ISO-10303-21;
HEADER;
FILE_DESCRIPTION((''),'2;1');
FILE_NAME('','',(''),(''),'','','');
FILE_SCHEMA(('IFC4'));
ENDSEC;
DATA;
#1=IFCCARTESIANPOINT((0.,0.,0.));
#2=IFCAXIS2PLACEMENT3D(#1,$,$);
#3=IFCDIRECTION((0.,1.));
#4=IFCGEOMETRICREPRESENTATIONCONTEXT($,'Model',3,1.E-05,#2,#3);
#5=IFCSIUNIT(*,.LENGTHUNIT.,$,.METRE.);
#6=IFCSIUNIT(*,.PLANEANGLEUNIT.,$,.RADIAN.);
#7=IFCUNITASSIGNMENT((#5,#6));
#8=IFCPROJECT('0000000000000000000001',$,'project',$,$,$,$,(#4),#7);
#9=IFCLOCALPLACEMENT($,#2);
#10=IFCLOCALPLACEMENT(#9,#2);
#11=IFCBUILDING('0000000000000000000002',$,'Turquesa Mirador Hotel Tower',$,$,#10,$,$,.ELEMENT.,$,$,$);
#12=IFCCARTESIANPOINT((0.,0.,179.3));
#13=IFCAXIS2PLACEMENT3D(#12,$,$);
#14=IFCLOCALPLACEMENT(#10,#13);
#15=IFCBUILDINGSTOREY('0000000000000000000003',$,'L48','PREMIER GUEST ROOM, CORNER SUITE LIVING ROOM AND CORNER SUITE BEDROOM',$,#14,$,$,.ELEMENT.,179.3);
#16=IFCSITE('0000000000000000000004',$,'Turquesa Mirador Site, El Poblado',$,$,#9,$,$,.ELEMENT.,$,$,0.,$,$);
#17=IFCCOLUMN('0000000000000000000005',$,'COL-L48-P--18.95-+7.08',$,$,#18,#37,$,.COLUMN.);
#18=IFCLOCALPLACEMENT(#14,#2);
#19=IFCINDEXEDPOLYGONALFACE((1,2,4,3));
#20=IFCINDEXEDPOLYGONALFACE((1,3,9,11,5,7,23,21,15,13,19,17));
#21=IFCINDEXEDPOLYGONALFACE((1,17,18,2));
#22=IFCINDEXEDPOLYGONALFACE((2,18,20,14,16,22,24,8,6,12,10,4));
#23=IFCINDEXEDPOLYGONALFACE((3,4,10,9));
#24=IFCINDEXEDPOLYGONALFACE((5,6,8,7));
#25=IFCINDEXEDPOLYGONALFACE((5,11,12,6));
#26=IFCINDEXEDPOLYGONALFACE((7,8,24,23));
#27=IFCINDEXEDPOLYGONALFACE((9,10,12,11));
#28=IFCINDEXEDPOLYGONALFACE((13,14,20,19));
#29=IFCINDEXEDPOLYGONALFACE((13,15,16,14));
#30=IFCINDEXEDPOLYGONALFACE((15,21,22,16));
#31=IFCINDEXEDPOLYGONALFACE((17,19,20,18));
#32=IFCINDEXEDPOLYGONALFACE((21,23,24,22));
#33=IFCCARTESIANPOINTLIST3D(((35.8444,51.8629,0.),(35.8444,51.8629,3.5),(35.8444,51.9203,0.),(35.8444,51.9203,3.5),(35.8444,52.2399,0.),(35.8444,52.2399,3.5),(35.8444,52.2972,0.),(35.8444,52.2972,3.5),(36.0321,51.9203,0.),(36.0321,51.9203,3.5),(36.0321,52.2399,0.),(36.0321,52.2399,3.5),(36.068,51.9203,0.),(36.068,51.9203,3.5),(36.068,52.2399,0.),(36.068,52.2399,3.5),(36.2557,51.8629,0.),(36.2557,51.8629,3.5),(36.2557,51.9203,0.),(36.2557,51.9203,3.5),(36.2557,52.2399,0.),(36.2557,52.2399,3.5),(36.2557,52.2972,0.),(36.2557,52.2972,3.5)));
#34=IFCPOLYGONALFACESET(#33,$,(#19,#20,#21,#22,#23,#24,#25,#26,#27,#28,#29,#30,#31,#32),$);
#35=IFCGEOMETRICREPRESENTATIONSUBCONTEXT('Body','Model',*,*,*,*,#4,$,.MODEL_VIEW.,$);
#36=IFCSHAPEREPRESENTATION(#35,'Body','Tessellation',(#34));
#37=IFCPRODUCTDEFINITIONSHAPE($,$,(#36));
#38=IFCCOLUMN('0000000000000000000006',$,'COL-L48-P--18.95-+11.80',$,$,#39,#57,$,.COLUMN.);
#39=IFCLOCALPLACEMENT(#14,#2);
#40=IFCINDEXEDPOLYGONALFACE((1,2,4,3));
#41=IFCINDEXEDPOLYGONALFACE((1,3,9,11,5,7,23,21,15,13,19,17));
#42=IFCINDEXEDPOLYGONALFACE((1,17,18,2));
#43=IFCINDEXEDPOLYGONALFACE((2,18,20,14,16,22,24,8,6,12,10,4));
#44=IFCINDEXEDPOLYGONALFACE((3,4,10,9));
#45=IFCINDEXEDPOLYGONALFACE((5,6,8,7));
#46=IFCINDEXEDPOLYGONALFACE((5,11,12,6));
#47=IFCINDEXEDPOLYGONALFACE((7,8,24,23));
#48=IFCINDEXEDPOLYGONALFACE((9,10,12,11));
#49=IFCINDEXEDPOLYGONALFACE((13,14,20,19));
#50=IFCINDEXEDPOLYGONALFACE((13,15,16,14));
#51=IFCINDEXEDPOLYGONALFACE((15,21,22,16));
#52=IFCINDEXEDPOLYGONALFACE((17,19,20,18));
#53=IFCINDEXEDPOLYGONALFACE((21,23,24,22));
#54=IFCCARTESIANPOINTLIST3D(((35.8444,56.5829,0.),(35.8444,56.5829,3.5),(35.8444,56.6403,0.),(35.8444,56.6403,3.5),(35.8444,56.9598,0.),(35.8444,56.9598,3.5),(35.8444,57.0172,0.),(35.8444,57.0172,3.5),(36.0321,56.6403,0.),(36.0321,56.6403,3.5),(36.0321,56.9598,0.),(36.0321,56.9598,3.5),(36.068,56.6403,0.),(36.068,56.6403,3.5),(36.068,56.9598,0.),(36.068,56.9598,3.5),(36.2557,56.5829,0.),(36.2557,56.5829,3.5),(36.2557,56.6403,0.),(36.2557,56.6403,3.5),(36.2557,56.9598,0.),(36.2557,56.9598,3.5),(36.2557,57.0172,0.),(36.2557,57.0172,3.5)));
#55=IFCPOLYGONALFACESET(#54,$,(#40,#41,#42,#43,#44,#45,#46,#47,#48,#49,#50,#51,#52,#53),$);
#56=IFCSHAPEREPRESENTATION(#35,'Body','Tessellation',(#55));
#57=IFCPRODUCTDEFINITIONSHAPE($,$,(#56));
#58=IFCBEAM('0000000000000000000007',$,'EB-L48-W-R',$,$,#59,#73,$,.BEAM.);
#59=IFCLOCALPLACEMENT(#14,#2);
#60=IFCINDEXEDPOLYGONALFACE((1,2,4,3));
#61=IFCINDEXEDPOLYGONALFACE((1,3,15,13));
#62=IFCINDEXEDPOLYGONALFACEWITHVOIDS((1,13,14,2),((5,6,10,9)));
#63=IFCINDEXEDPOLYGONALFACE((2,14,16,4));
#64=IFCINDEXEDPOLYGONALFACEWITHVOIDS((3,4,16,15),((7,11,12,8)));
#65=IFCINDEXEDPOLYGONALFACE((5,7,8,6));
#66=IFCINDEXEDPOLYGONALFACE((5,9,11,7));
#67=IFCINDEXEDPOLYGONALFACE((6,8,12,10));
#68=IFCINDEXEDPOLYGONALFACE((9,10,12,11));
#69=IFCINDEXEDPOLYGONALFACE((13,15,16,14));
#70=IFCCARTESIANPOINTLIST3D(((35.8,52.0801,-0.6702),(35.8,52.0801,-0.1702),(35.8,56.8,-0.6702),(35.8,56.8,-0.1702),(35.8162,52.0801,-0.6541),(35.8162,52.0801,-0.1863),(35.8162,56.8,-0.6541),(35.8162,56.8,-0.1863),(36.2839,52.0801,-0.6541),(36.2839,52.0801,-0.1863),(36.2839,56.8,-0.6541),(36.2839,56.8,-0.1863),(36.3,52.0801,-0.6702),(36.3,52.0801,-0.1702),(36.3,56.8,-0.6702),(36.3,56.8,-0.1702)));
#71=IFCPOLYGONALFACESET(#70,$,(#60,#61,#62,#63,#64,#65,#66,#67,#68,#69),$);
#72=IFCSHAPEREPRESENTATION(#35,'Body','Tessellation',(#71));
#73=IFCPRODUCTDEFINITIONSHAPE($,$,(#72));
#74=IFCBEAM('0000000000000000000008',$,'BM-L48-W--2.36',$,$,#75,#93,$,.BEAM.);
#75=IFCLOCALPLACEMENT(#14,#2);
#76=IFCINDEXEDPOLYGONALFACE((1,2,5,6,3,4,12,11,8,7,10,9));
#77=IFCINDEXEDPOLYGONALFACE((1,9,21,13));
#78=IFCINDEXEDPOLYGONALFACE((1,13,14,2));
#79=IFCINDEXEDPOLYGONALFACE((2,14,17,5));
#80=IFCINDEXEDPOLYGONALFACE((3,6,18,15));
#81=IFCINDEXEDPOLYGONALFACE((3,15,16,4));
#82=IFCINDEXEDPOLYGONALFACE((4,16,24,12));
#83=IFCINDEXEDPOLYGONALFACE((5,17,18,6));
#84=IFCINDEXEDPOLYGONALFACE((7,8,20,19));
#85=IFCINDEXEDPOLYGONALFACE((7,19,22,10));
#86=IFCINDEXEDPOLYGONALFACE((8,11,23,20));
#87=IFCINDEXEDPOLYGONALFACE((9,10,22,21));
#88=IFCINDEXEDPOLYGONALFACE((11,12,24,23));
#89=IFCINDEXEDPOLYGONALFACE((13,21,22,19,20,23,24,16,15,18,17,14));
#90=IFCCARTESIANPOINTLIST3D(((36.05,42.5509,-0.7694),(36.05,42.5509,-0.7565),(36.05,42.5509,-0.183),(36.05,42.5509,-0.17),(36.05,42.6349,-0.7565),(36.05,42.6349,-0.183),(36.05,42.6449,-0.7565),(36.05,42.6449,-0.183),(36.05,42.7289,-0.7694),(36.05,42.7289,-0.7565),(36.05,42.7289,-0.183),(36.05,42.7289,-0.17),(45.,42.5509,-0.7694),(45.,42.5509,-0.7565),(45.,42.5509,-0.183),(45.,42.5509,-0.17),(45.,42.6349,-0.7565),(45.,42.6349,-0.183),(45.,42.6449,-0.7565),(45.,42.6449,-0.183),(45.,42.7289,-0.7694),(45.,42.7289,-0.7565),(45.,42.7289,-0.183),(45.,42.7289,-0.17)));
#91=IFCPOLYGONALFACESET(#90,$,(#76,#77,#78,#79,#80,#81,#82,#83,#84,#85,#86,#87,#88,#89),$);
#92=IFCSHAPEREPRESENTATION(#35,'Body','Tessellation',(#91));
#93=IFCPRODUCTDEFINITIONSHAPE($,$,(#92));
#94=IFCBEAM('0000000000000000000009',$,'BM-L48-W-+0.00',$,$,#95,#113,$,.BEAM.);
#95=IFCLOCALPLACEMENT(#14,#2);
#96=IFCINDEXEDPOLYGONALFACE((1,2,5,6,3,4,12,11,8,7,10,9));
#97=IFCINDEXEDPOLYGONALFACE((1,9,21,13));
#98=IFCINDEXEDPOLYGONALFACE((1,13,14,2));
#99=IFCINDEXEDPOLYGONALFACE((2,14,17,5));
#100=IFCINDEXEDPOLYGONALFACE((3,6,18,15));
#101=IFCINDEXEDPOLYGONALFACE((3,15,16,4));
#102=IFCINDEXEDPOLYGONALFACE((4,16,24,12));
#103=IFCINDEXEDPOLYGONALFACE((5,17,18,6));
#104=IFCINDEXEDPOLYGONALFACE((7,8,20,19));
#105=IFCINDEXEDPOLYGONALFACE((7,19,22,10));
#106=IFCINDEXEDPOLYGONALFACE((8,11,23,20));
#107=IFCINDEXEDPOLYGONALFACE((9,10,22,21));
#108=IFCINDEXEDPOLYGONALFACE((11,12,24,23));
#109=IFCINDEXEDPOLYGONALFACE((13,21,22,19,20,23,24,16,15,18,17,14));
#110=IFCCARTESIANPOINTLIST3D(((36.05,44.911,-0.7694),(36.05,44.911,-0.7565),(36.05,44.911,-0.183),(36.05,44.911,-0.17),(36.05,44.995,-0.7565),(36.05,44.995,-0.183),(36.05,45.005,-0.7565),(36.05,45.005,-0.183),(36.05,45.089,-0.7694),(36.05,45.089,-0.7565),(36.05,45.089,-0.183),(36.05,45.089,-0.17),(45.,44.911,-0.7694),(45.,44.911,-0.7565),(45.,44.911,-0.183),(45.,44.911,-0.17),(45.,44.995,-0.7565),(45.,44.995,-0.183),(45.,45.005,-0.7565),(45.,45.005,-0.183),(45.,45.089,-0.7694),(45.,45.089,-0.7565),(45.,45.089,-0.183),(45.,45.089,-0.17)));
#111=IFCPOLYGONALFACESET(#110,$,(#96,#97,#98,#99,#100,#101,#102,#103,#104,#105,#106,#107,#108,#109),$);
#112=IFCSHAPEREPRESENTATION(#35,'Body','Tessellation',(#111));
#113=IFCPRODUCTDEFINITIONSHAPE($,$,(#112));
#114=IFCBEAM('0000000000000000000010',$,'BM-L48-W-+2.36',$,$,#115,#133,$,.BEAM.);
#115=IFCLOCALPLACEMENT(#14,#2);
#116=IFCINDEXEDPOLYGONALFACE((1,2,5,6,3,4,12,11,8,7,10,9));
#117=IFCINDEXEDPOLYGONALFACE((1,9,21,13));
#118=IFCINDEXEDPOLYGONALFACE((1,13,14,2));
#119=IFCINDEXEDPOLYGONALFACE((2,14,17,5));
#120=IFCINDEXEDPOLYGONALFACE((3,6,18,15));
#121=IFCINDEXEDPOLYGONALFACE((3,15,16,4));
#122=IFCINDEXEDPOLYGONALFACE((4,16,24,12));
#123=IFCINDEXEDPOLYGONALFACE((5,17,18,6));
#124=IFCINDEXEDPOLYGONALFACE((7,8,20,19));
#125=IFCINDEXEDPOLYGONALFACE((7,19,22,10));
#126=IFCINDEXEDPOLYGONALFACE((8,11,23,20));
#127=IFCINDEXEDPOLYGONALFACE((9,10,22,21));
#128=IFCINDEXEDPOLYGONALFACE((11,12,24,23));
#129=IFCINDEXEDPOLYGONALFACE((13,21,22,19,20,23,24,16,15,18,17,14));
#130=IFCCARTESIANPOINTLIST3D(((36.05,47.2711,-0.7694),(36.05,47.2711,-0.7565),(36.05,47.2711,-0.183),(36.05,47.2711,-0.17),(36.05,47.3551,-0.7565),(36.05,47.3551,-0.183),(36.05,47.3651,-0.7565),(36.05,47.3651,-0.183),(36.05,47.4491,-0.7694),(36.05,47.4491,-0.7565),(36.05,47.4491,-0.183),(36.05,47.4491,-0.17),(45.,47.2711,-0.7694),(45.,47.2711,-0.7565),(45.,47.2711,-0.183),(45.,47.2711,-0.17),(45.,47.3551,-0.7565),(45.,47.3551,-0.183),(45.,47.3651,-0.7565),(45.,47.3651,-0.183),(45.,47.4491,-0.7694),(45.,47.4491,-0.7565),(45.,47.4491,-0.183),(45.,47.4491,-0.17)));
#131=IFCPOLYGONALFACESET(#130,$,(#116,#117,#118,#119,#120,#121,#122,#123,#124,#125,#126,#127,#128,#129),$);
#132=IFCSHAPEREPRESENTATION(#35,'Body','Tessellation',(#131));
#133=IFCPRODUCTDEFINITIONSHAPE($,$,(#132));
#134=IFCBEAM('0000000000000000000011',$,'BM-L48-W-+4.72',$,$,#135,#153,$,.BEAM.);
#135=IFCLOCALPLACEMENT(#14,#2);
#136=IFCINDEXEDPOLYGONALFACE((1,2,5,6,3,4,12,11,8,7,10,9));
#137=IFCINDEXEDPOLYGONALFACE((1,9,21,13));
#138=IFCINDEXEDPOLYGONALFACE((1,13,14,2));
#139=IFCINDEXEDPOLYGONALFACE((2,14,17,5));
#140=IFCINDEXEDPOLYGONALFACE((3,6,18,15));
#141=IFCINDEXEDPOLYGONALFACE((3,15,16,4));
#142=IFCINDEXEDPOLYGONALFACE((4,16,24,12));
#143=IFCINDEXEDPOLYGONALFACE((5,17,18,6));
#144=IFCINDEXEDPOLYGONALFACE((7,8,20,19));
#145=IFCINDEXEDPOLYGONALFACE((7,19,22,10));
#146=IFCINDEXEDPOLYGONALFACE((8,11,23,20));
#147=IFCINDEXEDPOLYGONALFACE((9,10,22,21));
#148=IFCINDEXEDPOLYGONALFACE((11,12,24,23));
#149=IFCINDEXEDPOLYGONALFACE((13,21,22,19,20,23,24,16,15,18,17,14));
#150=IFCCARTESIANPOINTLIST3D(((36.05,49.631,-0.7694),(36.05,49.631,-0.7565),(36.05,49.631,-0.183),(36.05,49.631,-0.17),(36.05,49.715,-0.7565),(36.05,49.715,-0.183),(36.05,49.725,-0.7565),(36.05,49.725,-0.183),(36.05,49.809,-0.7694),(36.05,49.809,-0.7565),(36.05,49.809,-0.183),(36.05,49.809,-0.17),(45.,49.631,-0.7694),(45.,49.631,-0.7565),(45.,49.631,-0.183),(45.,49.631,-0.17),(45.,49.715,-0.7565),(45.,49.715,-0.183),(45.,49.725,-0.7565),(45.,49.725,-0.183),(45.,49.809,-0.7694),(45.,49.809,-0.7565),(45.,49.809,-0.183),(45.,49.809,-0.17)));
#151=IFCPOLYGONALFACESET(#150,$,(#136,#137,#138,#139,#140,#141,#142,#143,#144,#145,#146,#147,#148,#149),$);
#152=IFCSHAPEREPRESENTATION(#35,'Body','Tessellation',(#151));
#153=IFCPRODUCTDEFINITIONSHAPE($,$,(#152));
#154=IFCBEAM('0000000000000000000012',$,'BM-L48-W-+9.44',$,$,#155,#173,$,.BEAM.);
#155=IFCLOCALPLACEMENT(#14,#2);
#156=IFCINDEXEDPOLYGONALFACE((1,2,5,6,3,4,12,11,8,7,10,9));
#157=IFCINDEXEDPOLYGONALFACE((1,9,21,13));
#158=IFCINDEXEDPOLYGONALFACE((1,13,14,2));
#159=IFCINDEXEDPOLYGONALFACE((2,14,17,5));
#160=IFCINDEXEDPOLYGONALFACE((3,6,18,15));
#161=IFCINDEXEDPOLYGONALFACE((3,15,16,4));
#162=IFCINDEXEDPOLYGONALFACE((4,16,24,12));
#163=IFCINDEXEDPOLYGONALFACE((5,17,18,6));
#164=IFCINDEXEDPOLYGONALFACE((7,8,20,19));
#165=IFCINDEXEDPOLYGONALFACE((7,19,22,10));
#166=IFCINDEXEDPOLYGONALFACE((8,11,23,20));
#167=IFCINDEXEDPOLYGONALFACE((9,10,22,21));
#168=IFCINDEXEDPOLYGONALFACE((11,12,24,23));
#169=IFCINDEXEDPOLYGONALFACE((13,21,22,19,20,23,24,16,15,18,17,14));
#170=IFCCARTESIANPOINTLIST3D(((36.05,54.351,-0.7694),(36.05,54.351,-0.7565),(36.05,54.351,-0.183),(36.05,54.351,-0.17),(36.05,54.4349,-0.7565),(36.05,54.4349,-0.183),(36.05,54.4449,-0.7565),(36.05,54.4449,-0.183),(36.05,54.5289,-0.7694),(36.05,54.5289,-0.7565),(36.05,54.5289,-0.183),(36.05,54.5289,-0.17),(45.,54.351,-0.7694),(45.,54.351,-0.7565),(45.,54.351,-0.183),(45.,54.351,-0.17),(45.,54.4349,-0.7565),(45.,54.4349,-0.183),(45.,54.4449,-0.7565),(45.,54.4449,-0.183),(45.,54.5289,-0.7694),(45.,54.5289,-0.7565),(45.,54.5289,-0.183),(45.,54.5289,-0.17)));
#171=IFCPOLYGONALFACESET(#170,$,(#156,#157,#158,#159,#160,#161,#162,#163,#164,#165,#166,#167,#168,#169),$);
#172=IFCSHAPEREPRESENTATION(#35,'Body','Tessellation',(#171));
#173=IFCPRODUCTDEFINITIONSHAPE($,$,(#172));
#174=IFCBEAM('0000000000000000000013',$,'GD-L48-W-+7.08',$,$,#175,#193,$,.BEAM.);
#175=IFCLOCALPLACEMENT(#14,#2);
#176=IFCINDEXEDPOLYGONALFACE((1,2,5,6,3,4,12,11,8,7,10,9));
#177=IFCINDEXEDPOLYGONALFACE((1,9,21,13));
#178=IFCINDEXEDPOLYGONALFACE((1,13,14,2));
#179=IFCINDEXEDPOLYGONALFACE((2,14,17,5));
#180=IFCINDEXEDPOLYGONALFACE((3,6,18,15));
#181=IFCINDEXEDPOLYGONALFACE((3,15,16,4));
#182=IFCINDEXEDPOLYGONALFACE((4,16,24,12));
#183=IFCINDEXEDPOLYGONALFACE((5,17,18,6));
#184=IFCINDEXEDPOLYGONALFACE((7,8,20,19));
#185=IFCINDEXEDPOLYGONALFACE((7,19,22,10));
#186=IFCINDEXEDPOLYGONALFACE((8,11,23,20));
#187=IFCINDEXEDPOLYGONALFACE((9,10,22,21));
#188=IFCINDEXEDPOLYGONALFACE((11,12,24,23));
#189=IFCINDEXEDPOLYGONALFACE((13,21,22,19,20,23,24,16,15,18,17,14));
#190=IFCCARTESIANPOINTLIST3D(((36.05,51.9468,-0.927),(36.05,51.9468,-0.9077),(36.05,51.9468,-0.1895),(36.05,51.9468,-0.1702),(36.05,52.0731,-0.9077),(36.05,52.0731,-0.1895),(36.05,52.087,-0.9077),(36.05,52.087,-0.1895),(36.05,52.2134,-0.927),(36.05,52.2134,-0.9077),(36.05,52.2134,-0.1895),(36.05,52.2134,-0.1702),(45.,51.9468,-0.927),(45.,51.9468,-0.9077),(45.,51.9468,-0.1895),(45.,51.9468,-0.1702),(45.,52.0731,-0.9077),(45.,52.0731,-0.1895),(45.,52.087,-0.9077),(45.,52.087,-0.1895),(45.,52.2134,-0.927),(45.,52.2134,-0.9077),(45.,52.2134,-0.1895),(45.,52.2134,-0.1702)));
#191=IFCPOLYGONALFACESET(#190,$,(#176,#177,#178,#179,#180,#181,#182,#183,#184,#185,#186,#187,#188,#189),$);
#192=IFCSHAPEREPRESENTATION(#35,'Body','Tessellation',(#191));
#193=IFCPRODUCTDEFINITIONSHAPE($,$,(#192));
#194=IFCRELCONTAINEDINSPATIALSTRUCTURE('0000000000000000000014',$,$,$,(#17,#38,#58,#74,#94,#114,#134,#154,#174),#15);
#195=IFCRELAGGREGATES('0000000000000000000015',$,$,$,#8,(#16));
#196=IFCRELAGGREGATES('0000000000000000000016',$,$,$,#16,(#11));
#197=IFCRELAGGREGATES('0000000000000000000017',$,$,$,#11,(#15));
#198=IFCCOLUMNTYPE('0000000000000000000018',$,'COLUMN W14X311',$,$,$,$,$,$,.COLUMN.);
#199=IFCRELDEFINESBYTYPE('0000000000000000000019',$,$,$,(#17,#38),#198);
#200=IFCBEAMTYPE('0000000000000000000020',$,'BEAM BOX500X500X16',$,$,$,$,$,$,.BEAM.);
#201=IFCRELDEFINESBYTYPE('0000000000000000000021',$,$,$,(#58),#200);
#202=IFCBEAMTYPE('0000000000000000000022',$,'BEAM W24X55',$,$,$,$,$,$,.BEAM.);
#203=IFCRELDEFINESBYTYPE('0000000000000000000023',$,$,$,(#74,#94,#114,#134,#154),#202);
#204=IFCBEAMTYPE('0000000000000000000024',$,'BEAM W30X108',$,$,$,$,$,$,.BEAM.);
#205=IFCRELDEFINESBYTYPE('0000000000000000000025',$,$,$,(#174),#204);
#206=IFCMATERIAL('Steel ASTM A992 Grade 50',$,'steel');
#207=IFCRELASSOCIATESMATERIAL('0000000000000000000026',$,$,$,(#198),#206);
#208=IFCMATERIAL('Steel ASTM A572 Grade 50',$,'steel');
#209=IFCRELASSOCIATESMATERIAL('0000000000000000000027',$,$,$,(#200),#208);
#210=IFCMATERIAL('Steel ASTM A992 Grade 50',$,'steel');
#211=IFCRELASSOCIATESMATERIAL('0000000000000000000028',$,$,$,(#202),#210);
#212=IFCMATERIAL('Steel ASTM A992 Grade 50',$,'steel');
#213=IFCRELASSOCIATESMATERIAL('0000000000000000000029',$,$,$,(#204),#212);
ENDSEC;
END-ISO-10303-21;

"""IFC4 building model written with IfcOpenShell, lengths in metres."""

from ifc_helpers import new_model, si_unit, direction, frame, origin, origin_2d, place, context, subcontext, project, spatial, hollow_rectangle, i_section, extrude, material, material_profile, profile_set, type_object, element, save


model = new_model("IFC4")

# Units and contexts
model_context = context("Model", 3, precision=1e-05, world=origin(), true_north=direction((0.0, 1.0)))
body_context = subcontext(model_context, "Body", "Model", "MODEL_VIEW")
ifc_project = project(units=[si_unit("LENGTHUNIT", "METRE"), si_unit("PLANEANGLEUNIT", "RADIAN")], contexts=[model_context])

# Site, building, storey
site_placement = place(None, origin())
site = spatial("IfcSite", under=ifc_project, at=site_placement, Name="Turquesa Mirador Site, El Poblado", CompositionType="ELEMENT", RefElevation=0.0)
building_placement = place(site_placement, origin())
building = spatial("IfcBuilding", under=site, at=building_placement, Name="Turquesa Mirador Hotel Tower", CompositionType="ELEMENT")
storey_placement = place(building_placement, frame((0.0, 0.0, 179.3)))
storey = spatial("IfcBuildingStorey", under=building, at=storey_placement, Name="L48", Description="PREMIER GUEST ROOM, CORNER SUITE LIVING ROOM AND CORNER SUITE BEDROOM", CompositionType="ELEMENT", Elevation=179.3)

# Columns
ifc_material_1 = material(Name="Steel ASTM A992 Grade 50", Category="steel")
ifc_material_profile_1 = material_profile(ifc_material_1, i_section(OverallWidth=0.4114, OverallDepth=0.4343, WebThickness=0.0359, FlangeThickness=0.0574, at=origin_2d()), Name="W14X311")
ifc_profile_set_1 = profile_set([ifc_material_profile_1], Name="Steel ASTM A992 Grade 50")
column_type = type_object("IfcColumnType", Name="COLUMN W14X311", PredefinedType="COLUMN", material=ifc_profile_set_1)
for number, where, z_axis, x_axis, name in (
    (1, (36.05, 52.0801, 0.0), (0.0, 0.0, 1.0), (1.0, 0.0, 0.0), "COL-L48-P--18.95-+7.08"),
    (2, (36.05, 56.8, 0.0), (0.0, 0.0, 1.0), (1.0, 0.0, 0.0), "COL-L48-P--18.95-+11.80"),
):
    element("IfcColumn", number, at=place(storey_placement, frame(where, z_axis=z_axis, x_axis=x_axis)), inside=storey, type_object=column_type, Name=name, PredefinedType="COLUMN", context=body_context, shape_type="SweptSolid", body=[
        extrude(i_section(OverallWidth=0.4114, OverallDepth=0.4343, WebThickness=0.0359, FlangeThickness=0.0574, at=origin_2d()), origin(), (0.0, 0.0, 1.0), 3.5),
    ])

# Beams
ifc_material_2 = material(Name="Steel ASTM A572 Grade 50", Category="steel")
ifc_material_profile_2 = material_profile(ifc_material_2, hollow_rectangle(XDim=0.5, YDim=0.5, WallThickness=0.0161, at=origin_2d()), Name="BOX500X500X16")
ifc_profile_set_2 = profile_set([ifc_material_profile_2], Name="Steel ASTM A572 Grade 50")
beam_type_1 = type_object("IfcBeamType", Name="BEAM BOX500X500X16", PredefinedType="BEAM", material=ifc_profile_set_2)
beam_1_placement = place(storey_placement, frame((36.05, 52.0801, -0.4202), z_axis=(0.0, 1.0, 0.0), x_axis=(-1.0, 0.0, 0.0)))
element("IfcBeam", 3, at=beam_1_placement, inside=storey, type_object=beam_type_1, Name="EB-L48-W-R", PredefinedType="BEAM", context=body_context, shape_type="SweptSolid", body=[
    extrude(hollow_rectangle(XDim=0.5, YDim=0.5, WallThickness=0.0161, at=origin_2d()), origin(), (0.0, 0.0, 1.0), 4.72),
])
ifc_material_3 = material(Name="Steel ASTM A992 Grade 50", Category="steel")
ifc_material_profile_3 = material_profile(ifc_material_3, i_section(OverallWidth=0.178, OverallDepth=0.5994, WebThickness=0.01, FlangeThickness=0.0129, at=origin_2d()), Name="W24X55")
ifc_profile_set_3 = profile_set([ifc_material_profile_3], Name="Steel ASTM A992 Grade 50")
beam_type_2 = type_object("IfcBeamType", Name="BEAM W24X55", PredefinedType="BEAM", material=ifc_profile_set_3)
for number, where, z_axis, x_axis, name in (
    (4, (36.05, 42.6399, -0.4697), (1.0, 0.0, 0.0), (0.0, 1.0, 0.0), "BM-L48-W--2.36"),
    (5, (36.05, 45.0, -0.4697), (1.0, 0.0, 0.0), (0.0, 1.0, 0.0), "BM-L48-W-+0.00"),
    (6, (36.05, 47.3601, -0.4697), (1.0, 0.0, 0.0), (0.0, 1.0, 0.0), "BM-L48-W-+2.36"),
    (7, (36.05, 49.72, -0.4697), (1.0, 0.0, 0.0), (0.0, 1.0, 0.0), "BM-L48-W-+4.72"),
    (8, (36.05, 54.4399, -0.4697), (1.0, 0.0, 0.0), (0.0, 1.0, 0.0), "BM-L48-W-+9.44"),
):
    element("IfcBeam", number, at=place(storey_placement, frame(where, z_axis=z_axis, x_axis=x_axis)), inside=storey, type_object=beam_type_2, Name=name, PredefinedType="BEAM", context=body_context, shape_type="SweptSolid", body=[
        extrude(i_section(OverallWidth=0.178, OverallDepth=0.5994, WebThickness=0.01, FlangeThickness=0.0129, at=origin_2d()), origin(), (0.0, 0.0, 1.0), 8.95),
    ])
ifc_material_4 = material(Name="Steel ASTM A992 Grade 50", Category="steel")
ifc_material_profile_4 = material_profile(ifc_material_4, i_section(OverallWidth=0.2666, OverallDepth=0.7568, WebThickness=0.0139, FlangeThickness=0.0193, at=origin_2d()), Name="W30X108")
ifc_profile_set_4 = profile_set([ifc_material_profile_4], Name="Steel ASTM A992 Grade 50")
beam_type_3 = type_object("IfcBeamType", Name="BEAM W30X108", PredefinedType="BEAM", material=ifc_profile_set_4)
beam_2_placement = place(storey_placement, frame((36.05, 52.0801, -0.5486), z_axis=(1.0, 0.0, 0.0), x_axis=(0.0, 1.0, 0.0)))
element("IfcBeam", 9, at=beam_2_placement, inside=storey, type_object=beam_type_3, Name="GD-L48-W-+7.08", PredefinedType="BEAM", context=body_context, shape_type="SweptSolid", body=[
    extrude(i_section(OverallWidth=0.2666, OverallDepth=0.7568, WebThickness=0.0139, FlangeThickness=0.0193, at=origin_2d()), origin(), (0.0, 0.0, 1.0), 8.95),
])

save(model, "model.ifc")
